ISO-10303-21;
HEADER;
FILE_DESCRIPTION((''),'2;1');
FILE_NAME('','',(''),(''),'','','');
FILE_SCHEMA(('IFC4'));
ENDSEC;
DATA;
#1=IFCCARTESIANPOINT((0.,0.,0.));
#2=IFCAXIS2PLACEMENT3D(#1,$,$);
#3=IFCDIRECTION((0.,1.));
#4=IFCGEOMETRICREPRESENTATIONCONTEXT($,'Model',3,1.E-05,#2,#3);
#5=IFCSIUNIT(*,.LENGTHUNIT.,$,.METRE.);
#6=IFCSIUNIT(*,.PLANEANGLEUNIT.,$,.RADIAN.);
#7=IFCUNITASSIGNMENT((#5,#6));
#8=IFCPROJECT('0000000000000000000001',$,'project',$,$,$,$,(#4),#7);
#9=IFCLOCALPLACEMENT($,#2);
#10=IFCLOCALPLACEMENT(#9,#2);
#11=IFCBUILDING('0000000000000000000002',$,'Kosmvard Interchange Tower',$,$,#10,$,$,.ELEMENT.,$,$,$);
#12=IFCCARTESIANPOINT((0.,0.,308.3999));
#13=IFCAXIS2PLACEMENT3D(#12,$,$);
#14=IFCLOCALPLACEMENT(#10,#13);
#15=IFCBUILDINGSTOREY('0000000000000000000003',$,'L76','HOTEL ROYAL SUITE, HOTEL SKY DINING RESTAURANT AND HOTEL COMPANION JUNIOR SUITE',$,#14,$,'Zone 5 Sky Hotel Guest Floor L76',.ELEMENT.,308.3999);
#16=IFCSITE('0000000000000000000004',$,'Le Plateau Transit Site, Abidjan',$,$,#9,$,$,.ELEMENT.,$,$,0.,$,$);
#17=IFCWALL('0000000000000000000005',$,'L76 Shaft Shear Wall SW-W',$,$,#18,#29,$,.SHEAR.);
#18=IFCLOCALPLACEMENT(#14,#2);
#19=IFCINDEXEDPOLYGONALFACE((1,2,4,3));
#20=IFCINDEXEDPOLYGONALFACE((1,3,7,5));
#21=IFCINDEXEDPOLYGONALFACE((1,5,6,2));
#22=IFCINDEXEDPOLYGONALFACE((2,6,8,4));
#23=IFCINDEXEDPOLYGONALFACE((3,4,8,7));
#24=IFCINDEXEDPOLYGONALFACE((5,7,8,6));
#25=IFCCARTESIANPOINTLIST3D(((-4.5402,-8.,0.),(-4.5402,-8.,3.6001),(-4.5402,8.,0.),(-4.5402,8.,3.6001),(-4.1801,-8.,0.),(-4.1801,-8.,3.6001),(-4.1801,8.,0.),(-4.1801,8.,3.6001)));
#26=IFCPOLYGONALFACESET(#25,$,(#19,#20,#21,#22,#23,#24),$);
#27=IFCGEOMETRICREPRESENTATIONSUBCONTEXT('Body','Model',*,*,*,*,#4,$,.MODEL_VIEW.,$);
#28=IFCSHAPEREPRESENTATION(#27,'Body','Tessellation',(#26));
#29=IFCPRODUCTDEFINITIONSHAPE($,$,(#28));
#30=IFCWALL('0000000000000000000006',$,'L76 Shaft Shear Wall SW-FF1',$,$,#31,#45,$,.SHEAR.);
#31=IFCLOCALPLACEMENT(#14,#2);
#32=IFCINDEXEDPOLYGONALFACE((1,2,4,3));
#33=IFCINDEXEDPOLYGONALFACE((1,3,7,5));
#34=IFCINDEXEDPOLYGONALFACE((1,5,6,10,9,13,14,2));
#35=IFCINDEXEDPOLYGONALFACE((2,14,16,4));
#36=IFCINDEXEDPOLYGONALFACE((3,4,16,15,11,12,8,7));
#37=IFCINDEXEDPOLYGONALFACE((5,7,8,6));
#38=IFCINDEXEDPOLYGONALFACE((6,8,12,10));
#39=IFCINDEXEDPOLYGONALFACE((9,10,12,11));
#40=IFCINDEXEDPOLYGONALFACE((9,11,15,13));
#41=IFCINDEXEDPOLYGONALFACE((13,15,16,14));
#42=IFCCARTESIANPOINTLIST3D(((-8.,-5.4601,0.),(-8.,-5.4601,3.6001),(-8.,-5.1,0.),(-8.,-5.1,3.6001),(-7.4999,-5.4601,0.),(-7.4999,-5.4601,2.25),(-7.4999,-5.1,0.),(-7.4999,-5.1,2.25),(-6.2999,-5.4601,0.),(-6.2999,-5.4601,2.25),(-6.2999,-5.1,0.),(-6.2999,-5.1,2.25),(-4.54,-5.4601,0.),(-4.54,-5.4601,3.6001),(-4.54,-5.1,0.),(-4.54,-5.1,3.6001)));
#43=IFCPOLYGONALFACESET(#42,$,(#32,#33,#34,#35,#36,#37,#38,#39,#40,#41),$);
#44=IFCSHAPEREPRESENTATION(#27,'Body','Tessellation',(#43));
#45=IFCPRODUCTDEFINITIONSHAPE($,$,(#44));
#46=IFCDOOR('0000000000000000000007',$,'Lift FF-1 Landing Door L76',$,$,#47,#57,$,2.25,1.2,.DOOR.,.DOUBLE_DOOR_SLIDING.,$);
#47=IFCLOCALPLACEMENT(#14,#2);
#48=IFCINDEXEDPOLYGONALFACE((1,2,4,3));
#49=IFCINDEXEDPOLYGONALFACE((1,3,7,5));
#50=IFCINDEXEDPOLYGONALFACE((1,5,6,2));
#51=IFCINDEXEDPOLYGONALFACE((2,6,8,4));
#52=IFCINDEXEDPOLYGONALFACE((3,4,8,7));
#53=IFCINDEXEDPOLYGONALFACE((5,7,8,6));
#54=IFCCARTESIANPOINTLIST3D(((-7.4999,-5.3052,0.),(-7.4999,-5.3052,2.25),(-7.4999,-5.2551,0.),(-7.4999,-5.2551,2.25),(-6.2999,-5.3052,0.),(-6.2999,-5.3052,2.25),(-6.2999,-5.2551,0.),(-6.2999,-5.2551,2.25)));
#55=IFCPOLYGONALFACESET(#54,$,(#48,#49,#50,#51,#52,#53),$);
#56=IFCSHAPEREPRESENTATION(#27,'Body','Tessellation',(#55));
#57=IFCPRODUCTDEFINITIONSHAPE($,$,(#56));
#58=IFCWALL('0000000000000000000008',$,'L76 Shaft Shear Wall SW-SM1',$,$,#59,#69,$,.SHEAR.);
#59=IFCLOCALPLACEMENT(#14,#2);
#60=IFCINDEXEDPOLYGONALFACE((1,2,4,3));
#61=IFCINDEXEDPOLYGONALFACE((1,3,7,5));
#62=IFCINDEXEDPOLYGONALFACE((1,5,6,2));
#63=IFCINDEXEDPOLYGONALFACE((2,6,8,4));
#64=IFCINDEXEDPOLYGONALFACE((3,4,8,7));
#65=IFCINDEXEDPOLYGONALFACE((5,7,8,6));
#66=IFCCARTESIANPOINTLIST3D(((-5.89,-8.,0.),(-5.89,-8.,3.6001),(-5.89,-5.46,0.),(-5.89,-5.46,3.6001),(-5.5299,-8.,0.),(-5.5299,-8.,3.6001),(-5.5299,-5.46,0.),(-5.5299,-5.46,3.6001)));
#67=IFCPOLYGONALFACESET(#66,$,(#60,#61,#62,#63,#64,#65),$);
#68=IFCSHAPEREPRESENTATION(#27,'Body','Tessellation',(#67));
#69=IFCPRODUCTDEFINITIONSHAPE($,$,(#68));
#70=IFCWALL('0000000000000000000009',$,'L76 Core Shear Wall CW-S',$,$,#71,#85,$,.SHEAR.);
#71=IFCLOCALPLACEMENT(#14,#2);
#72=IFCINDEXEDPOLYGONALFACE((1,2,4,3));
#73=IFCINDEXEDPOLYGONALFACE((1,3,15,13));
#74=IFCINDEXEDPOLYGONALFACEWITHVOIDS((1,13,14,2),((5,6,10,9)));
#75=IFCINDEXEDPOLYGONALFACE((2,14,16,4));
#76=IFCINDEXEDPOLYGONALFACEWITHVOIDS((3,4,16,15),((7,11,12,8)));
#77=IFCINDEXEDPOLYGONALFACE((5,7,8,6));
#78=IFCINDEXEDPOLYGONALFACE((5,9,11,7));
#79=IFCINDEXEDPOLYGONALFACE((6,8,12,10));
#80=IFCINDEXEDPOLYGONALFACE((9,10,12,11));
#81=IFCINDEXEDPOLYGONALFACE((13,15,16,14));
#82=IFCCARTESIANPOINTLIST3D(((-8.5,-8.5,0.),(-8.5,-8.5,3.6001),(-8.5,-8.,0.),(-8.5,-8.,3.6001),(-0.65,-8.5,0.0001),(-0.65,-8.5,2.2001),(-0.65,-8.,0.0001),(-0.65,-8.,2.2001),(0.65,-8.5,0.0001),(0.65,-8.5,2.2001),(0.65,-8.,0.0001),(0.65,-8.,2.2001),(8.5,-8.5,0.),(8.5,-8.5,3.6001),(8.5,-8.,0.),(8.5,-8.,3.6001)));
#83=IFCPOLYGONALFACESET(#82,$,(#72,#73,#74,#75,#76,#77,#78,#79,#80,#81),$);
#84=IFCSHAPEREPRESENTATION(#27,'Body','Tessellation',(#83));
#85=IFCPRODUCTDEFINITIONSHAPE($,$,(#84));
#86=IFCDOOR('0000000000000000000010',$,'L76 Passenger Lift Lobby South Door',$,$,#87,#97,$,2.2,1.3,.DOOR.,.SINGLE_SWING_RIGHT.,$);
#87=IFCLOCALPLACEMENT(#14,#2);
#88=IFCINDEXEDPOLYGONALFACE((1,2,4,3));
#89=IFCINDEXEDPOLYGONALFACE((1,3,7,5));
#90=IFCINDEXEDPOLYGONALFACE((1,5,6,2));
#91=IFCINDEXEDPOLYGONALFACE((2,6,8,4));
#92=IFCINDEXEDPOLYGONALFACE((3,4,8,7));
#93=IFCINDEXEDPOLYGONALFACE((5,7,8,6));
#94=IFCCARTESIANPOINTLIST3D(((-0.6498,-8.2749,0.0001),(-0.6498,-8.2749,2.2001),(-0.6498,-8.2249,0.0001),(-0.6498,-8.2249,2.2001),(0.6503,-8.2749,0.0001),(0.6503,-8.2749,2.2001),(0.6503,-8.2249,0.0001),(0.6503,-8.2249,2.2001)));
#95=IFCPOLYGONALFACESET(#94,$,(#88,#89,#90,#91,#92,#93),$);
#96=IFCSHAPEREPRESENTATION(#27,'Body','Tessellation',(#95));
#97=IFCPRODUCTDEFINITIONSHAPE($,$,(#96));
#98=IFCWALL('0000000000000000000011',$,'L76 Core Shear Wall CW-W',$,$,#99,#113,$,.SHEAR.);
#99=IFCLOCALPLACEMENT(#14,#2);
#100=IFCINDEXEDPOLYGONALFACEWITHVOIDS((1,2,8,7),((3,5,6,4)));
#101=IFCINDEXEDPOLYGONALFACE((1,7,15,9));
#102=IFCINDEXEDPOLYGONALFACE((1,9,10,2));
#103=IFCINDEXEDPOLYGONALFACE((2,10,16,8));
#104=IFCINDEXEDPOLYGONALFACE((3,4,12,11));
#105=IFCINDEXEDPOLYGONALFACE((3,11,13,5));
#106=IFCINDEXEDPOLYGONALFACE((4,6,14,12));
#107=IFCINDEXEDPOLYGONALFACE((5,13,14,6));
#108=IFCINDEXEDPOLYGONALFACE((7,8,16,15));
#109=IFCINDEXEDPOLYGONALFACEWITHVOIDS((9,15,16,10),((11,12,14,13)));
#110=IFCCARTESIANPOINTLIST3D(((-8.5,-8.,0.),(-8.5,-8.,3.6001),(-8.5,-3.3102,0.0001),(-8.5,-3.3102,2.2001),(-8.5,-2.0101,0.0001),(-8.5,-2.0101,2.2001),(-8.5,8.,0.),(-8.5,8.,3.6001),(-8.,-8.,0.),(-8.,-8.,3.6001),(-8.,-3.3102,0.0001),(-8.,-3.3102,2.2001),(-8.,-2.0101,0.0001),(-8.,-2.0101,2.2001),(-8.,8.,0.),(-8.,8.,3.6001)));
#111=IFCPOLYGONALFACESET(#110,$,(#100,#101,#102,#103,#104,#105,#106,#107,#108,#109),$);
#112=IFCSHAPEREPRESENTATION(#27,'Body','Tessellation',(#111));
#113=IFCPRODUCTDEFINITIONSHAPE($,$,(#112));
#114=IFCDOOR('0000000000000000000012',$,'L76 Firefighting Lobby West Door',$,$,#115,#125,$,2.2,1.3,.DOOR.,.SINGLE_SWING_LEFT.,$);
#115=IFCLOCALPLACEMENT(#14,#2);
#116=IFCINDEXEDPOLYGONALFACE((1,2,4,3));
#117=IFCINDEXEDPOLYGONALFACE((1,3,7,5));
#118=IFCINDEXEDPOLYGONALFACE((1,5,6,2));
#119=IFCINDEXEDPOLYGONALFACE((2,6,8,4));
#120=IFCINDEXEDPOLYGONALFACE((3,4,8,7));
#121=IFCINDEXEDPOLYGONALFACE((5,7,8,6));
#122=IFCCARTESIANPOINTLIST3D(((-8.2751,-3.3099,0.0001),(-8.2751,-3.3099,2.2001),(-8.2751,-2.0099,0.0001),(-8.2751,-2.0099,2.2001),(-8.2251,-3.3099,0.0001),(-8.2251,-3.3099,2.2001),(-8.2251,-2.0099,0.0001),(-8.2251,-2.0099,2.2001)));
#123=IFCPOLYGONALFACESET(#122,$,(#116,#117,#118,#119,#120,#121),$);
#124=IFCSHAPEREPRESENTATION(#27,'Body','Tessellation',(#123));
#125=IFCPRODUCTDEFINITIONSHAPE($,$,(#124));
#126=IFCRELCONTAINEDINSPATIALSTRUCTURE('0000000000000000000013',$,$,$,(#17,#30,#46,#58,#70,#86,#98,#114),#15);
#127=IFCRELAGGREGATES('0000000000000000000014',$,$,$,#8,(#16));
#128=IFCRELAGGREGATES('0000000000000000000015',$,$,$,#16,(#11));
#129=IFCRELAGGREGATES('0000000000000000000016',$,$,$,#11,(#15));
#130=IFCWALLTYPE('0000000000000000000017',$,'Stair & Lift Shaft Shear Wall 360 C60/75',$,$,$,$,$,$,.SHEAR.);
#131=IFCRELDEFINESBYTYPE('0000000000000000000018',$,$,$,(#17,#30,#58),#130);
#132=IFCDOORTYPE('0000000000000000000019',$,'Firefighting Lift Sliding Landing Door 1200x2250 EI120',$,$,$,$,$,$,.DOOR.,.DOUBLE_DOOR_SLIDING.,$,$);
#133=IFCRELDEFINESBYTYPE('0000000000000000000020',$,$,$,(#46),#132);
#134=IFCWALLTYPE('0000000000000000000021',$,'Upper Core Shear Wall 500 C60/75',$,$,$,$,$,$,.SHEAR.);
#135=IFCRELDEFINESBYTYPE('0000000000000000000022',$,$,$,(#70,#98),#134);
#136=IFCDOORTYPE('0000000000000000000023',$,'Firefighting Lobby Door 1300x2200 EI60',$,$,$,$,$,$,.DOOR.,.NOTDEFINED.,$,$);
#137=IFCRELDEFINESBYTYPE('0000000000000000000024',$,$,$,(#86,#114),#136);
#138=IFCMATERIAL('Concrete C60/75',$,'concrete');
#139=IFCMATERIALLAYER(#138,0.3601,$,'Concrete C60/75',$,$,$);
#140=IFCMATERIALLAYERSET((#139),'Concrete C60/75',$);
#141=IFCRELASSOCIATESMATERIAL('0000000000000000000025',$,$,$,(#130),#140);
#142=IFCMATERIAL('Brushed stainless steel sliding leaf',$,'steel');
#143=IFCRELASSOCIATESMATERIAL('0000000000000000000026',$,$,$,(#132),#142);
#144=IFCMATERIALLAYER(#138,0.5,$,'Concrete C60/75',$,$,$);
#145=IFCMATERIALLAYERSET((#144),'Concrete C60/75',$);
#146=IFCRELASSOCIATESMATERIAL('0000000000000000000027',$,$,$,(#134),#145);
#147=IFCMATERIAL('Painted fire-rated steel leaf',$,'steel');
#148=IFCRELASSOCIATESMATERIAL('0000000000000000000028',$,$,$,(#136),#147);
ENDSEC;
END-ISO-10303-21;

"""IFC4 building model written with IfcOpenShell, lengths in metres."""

from ifc_helpers import new_model, si_unit, direction, frame, frame_2d, origin, place, context, subcontext, project, spatial, rectangle, extrude, source, transform, mapped, material, layer, layer_set, type_object, element, fill, save


model = new_model("IFC4")

# Units and contexts
model_context = context("Model", 3, precision=1e-05, world=origin(), true_north=direction((0.0, 1.0)))
body_context = subcontext(model_context, "Body", "Model", "MODEL_VIEW")
ifc_project = project(units=[si_unit("LENGTHUNIT", "METRE"), si_unit("PLANEANGLEUNIT", "RADIAN")], contexts=[model_context])

# Site, building, storey
site_placement = place(None, origin())
site = spatial("IfcSite", under=ifc_project, at=site_placement, Name="Le Plateau Transit Site, Abidjan", CompositionType="ELEMENT", RefElevation=0.0)
building_placement = place(site_placement, origin())
building = spatial("IfcBuilding", under=site, at=building_placement, Name="Kosmvard Interchange Tower", CompositionType="ELEMENT")
storey_placement = place(building_placement, frame((0.0, 0.0, 308.3999)))
storey = spatial("IfcBuildingStorey", under=building, at=storey_placement, Name="L76", Description="HOTEL ROYAL SUITE, HOTEL SKY DINING RESTAURANT AND HOTEL COMPANION JUNIOR SUITE", LongName="Zone 5 Sky Hotel Guest Floor L76", CompositionType="ELEMENT", Elevation=308.3999)

# Shared definitions
ifc_material_1 = material(Name="Painted fire-rated steel leaf", Category="steel")
ifc_material_2 = material(Name="Brushed stainless steel sliding leaf", Category="steel")

# Wall
ifc_material_3 = material(Name="Concrete C60/75", Category="concrete")
ifc_layer_1 = layer(ifc_material_3, 0.3601, Name="Concrete C60/75")
ifc_layer_set_1 = layer_set([ifc_layer_1], Name="Concrete C60/75")
wall_type_1 = type_object("IfcWallType", Name="Stair & Lift Shaft Shear Wall 360 C60/75", PredefinedType="SHEAR", material=ifc_layer_set_1)
wall_1_placement = place(storey_placement, frame((-4.3601, -8.0, 0.0), z_axis=(0.0, 0.0, 1.0), x_axis=(0.0, 1.0, 0.0)))
element("IfcWall", 1, at=wall_1_placement, inside=storey, type_object=wall_type_1, Name="L76 Shaft Shear Wall SW-W", PredefinedType="SHEAR", context=body_context, shape_type="SweptSolid", body=[
    extrude(rectangle(XDim=16.0, YDim=0.3601, at=frame_2d((8.0, 0.0))), origin(), (0.0, 0.0, 1.0), 3.6001),
])

# Wall, opening, door
wall_2_placement = place(storey_placement, frame((-8.0, -5.28, 0.0), z_axis=(0.0, 0.0, 1.0), x_axis=(1.0, 0.0, 0.0)))
wall_2 = element("IfcWall", 2, at=wall_2_placement, inside=storey, type_object=wall_type_1, Name="L76 Shaft Shear Wall SW-FF1", PredefinedType="SHEAR", context=body_context, shape_type="SweptSolid", body=[
    extrude(rectangle(XDim=3.46, YDim=0.3601, at=frame_2d((1.73, 0.0))), origin(), (0.0, 0.0, 1.0), 3.6001),
])
opening_1_placement = place(wall_2_placement, frame((0.5, 0.0, 0.0)))
opening_1 = element("IfcOpeningElement", 3, at=opening_1_placement, cuts=wall_2, PredefinedType="OPENING", context=body_context, shape_type="SweptSolid", body=[
    extrude(rectangle(XDim=1.2, YDim=2.25, at=frame_2d((0.6001, 1.125))), frame((0.0, 0.1899, 0.0), z_axis=(0.0, -1.0, 0.0), x_axis=(1.0, 0.0, 0.0)), (0.0, 0.0, 1.0), 0.3801),
])
door_type_1 = type_object("IfcDoorType", Name="Firefighting Lift Sliding Landing Door 1200x2250 EI120", OperationType="DOUBLE_DOOR_SLIDING", PredefinedType="DOOR", material=ifc_material_2)
shared_shape_1 = source(origin(), body_context, "Body", "SweptSolid", [
    extrude(rectangle(XDim=1.2, YDim=2.25, at=frame_2d((0.6001, 1.125))), frame((0.0, 0.0249, 0.0), z_axis=(0.0, -1.0, 0.0), x_axis=(1.0, 0.0, 0.0)), (0.0, 0.0, 1.0), 0.05),
])
door_1_placement = place(opening_1_placement, origin())
door_1 = element("IfcDoor", 4, at=door_1_placement, inside=storey, type_object=door_type_1, Name="Lift FF-1 Landing Door L76", OperationType="DOUBLE_DOOR_SLIDING", OverallHeight=2.25, OverallWidth=1.2, PredefinedType="DOOR", context=body_context, shape_type="MappedRepresentation", body=[
    mapped(shared_shape_1, transform((0.0, 0.0, 0.0), scale=1.0)),
])
fill(opening_1, door_1)

# Wall
wall_3_placement = place(storey_placement, frame((-5.71, -8.0, 0.0), z_axis=(0.0, 0.0, 1.0), x_axis=(0.0, 1.0, 0.0)))
element("IfcWall", 5, at=wall_3_placement, inside=storey, type_object=wall_type_1, Name="L76 Shaft Shear Wall SW-SM1", PredefinedType="SHEAR", context=body_context, shape_type="SweptSolid", body=[
    extrude(rectangle(XDim=2.54, YDim=0.3601, at=frame_2d((1.27, 0.0))), origin(), (0.0, 0.0, 1.0), 3.6001),
])

# Walls, openings, doors
ifc_layer_2 = layer(ifc_material_3, 0.5, Name="Concrete C60/75")
ifc_layer_set_2 = layer_set([ifc_layer_2], Name="Concrete C60/75")
wall_type_2 = type_object("IfcWallType", Name="Upper Core Shear Wall 500 C60/75", PredefinedType="SHEAR", material=ifc_layer_set_2)
wall_4_placement = place(storey_placement, frame((-8.5, -8.25, 0.0), z_axis=(0.0, 0.0, 1.0), x_axis=(1.0, 0.0, 0.0)))
wall_4 = element("IfcWall", 6, at=wall_4_placement, inside=storey, type_object=wall_type_2, Name="L76 Core Shear Wall CW-S", PredefinedType="SHEAR", context=body_context, shape_type="SweptSolid", body=[
    extrude(rectangle(XDim=17.0, YDim=0.5, at=frame_2d((8.5, 0.0))), origin(), (0.0, 0.0, 1.0), 3.6001),
])
opening_2_placement = place(wall_4_placement, frame((7.8501, 0.0, 0.0)))
opening_2 = element("IfcOpeningElement", 7, at=opening_2_placement, cuts=wall_4, PredefinedType="OPENING", context=body_context, shape_type="SweptSolid", body=[
    extrude(rectangle(XDim=1.3, YDim=2.2, at=frame_2d((0.6499, 1.1001))), frame((0.0, 0.26, 0.0), z_axis=(0.0, -1.0, 0.0), x_axis=(1.0, 0.0, 0.0)), (0.0, 0.0, 1.0), 0.52),
])
door_type_2 = type_object("IfcDoorType", Name="Firefighting Lobby Door 1300x2200 EI60", OperationType="NOTDEFINED", PredefinedType="DOOR", material=ifc_material_1)
shared_shape_2 = source(origin(), body_context, "Body", "SweptSolid", [
    extrude(rectangle(XDim=1.3, YDim=2.2, at=frame_2d((0.6499, 1.1001))), frame((0.0, 0.0249, 0.0), z_axis=(0.0, -1.0, 0.0), x_axis=(1.0, 0.0, 0.0)), (0.0, 0.0, 1.0), 0.05),
])
door_2_placement = place(opening_2_placement, frame((1.3, 0.0, 0.0), z_axis=(0.0, 0.0, 1.0), x_axis=(-1.0, 0.0, 0.0)))
door_2 = element("IfcDoor", 8, at=door_2_placement, inside=storey, type_object=door_type_2, Name="L76 Passenger Lift Lobby South Door", OperationType="SINGLE_SWING_RIGHT", OverallHeight=2.2, OverallWidth=1.3, PredefinedType="DOOR", context=body_context, shape_type="MappedRepresentation", body=[
    mapped(shared_shape_2, transform((0.0, 0.0, 0.0), scale=1.0)),
])
fill(opening_2, door_2)
wall_5_placement = place(storey_placement, frame((-8.25, -8.0, 0.0), z_axis=(0.0, 0.0, 1.0), x_axis=(0.0, 1.0, 0.0)))
wall_5 = element("IfcWall", 9, at=wall_5_placement, inside=storey, type_object=wall_type_2, Name="L76 Core Shear Wall CW-W", PredefinedType="SHEAR", context=body_context, shape_type="SweptSolid", body=[
    extrude(rectangle(XDim=16.0, YDim=0.5, at=frame_2d((8.0, 0.0))), origin(), (0.0, 0.0, 1.0), 3.6001),
])
opening_3_placement = place(wall_5_placement, frame((4.6899, 0.0, 0.0)))
opening_3 = element("IfcOpeningElement", 10, at=opening_3_placement, cuts=wall_5, PredefinedType="OPENING", context=body_context, shape_type="SweptSolid", body=[
    extrude(rectangle(XDim=1.3, YDim=2.2, at=frame_2d((0.6499, 1.1001))), frame((0.0, 0.26, 0.0), z_axis=(0.0, -1.0, 0.0), x_axis=(1.0, 0.0, 0.0)), (0.0, 0.0, 1.0), 0.52),
])
door_3_placement = place(opening_3_placement, frame((1.3, 0.0, 0.0), z_axis=(0.0, 0.0, 1.0), x_axis=(-1.0, 0.0, 0.0)))
door_3 = element("IfcDoor", 11, at=door_3_placement, inside=storey, type_object=door_type_2, Name="L76 Firefighting Lobby West Door", OperationType="SINGLE_SWING_LEFT", OverallHeight=2.2, OverallWidth=1.3, PredefinedType="DOOR", context=body_context, shape_type="MappedRepresentation", body=[
    mapped(shared_shape_2, transform((0.0, 0.0, 0.0), scale=1.0)),
])
fill(opening_3, door_3)

save(model, "model.ifc")
